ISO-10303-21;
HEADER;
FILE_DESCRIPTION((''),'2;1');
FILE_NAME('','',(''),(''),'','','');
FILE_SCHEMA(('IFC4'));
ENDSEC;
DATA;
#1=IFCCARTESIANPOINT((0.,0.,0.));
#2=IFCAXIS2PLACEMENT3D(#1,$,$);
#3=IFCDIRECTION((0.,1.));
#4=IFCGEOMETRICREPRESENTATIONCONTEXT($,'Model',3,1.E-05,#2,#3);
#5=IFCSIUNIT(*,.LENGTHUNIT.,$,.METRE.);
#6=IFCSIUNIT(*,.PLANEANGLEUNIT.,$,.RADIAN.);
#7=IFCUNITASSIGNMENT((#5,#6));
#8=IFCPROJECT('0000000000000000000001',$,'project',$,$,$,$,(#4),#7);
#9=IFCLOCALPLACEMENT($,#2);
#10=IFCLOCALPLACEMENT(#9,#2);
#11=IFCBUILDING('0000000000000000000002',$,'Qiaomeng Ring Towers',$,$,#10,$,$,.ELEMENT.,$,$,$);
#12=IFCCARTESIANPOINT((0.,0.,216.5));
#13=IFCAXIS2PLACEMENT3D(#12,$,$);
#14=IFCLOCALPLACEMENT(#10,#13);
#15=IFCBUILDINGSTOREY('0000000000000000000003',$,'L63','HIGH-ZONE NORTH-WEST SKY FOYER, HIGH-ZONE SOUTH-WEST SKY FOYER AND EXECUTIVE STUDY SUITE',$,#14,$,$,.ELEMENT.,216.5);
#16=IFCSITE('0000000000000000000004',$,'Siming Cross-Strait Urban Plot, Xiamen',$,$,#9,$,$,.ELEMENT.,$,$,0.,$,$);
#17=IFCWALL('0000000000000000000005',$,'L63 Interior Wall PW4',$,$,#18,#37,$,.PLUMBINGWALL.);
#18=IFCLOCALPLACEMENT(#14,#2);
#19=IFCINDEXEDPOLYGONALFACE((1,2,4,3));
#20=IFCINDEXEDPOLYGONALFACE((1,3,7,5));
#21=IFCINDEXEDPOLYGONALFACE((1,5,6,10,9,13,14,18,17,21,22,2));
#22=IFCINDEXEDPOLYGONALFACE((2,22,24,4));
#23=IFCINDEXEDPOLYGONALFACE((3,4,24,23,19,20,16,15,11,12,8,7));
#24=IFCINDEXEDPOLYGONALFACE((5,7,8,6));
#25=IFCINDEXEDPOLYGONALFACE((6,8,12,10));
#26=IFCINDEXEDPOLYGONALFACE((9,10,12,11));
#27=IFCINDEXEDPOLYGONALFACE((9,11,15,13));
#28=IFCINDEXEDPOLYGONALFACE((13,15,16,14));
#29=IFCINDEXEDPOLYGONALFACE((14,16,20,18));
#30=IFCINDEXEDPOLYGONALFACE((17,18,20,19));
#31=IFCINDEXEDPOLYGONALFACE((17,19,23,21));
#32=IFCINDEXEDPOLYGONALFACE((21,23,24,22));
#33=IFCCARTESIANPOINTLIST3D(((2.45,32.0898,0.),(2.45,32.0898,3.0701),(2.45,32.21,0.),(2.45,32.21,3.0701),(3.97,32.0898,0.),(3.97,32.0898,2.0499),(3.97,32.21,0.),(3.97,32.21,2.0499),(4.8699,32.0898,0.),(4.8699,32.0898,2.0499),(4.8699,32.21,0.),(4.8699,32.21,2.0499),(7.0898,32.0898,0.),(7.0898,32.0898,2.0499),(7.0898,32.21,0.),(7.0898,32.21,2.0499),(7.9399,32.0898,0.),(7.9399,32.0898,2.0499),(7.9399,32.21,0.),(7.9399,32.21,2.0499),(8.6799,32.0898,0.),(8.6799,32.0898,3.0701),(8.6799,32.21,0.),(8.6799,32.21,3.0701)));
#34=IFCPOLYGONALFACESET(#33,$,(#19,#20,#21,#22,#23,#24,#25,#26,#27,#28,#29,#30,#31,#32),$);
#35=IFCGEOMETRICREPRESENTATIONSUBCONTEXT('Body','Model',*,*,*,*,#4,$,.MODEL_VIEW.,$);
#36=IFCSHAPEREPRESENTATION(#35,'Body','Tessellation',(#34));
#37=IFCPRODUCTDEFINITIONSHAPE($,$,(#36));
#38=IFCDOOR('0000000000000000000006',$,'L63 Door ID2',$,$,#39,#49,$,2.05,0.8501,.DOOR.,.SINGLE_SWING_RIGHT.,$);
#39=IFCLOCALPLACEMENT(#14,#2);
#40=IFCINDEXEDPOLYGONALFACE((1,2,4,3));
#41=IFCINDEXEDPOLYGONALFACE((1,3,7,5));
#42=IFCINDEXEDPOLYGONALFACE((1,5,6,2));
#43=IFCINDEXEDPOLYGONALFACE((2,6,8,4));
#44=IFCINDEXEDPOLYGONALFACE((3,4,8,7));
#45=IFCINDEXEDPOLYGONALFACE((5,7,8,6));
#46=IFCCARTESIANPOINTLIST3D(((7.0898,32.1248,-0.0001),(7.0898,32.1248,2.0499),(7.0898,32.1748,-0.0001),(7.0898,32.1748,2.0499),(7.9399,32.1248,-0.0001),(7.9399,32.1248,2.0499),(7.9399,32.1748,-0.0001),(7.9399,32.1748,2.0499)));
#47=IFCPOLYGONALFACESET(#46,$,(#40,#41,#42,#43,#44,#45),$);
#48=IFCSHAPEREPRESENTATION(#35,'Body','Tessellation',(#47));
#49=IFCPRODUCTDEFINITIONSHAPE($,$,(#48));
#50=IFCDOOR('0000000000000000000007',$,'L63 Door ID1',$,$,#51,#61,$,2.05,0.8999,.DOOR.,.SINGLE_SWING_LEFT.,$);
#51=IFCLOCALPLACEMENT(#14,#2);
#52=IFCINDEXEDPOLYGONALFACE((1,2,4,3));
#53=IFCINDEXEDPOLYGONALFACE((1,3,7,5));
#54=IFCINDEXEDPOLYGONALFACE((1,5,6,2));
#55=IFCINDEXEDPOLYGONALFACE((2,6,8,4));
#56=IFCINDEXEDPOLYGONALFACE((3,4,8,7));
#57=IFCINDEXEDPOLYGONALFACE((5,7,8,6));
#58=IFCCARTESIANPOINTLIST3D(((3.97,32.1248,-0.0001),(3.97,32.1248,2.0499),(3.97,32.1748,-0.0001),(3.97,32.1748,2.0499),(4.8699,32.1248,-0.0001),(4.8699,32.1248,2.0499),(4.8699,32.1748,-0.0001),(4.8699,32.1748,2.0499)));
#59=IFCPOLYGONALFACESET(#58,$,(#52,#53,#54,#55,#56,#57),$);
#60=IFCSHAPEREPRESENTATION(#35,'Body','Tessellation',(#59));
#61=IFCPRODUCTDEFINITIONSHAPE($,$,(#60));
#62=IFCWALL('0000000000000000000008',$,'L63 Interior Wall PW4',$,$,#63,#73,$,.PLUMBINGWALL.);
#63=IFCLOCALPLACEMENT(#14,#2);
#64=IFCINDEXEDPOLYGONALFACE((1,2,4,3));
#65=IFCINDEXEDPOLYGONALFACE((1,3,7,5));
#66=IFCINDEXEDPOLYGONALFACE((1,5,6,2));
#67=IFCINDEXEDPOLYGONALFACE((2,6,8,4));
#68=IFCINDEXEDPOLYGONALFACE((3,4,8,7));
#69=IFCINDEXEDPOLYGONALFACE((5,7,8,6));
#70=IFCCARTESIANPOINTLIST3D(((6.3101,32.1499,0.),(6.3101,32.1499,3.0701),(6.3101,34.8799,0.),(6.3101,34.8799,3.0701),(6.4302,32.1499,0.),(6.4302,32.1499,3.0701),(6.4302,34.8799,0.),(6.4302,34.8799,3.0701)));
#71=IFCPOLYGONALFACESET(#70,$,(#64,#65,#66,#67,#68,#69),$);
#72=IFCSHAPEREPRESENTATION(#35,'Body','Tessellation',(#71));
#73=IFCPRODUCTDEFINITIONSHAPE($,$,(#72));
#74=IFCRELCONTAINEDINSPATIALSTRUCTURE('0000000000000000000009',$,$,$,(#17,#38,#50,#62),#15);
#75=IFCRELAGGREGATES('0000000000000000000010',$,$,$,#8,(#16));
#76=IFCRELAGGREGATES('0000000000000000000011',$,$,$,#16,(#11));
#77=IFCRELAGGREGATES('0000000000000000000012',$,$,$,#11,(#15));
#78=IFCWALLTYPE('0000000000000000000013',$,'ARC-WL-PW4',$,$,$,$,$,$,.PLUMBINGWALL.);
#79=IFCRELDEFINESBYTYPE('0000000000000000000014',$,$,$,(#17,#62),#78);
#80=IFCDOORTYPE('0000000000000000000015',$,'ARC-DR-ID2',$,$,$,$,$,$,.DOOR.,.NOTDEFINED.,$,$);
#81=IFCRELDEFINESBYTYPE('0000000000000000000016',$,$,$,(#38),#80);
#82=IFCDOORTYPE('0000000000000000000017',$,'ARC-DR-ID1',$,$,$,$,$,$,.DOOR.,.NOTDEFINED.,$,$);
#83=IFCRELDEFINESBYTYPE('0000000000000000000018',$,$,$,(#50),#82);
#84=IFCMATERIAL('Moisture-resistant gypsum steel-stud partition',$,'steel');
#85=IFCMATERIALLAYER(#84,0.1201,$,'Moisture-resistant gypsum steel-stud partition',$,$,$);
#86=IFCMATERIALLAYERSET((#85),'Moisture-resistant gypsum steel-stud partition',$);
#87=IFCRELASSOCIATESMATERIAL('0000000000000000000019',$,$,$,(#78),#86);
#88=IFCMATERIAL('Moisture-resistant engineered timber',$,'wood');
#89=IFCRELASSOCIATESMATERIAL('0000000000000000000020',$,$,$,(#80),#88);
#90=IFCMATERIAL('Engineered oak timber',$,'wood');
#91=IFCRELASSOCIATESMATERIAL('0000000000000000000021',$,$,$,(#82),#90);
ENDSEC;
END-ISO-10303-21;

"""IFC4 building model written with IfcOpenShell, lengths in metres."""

from ifc_helpers import new_model, si_unit, direction, frame, frame_2d, origin, place, context, subcontext, project, spatial, rectangle, extrude, source, transform, mapped, material, layer, layer_set, type_object, element, fill, save


model = new_model("IFC4")

# Units and contexts
model_context = context("Model", 3, precision=1e-05, world=origin(), true_north=direction((0.0, 1.0)))
body_context = subcontext(model_context, "Body", "Model", "MODEL_VIEW")
ifc_project = project(units=[si_unit("LENGTHUNIT", "METRE"), si_unit("PLANEANGLEUNIT", "RADIAN")], contexts=[model_context])

# Site, building, storey
site_placement = place(None, origin())
site = spatial("IfcSite", under=ifc_project, at=site_placement, Name="Siming Cross-Strait Urban Plot, Xiamen", CompositionType="ELEMENT", RefElevation=0.0)
building_placement = place(site_placement, origin())
building = spatial("IfcBuilding", under=site, at=building_placement, Name="Qiaomeng Ring Towers", CompositionType="ELEMENT")
storey_placement = place(building_placement, frame((0.0, 0.0, 216.5)))
storey = spatial("IfcBuildingStorey", under=building, at=storey_placement, Name="L63", Description="HIGH-ZONE NORTH-WEST SKY FOYER, HIGH-ZONE SOUTH-WEST SKY FOYER AND EXECUTIVE STUDY SUITE", CompositionType="ELEMENT", Elevation=216.5)

# Wall, openings, doors
ifc_material_1 = material(Name="Moisture-resistant gypsum steel-stud partition", Category="steel")
ifc_layer_1 = layer(ifc_material_1, 0.1201, Name="Moisture-resistant gypsum steel-stud partition")
ifc_layer_set_1 = layer_set([ifc_layer_1], Name="Moisture-resistant gypsum steel-stud partition")
wall_type_1 = type_object("IfcWallType", Name="ARC-WL-PW4", PredefinedType="PLUMBINGWALL", material=ifc_layer_set_1)
wall_1_placement = place(storey_placement, frame((2.45, 32.1499, 0.0), z_axis=(0.0, 0.0, 1.0), x_axis=(1.0, 0.0, 0.0)))
wall_1 = element("IfcWall", 1, at=wall_1_placement, inside=storey, type_object=wall_type_1, Name="L63 Interior Wall PW4", PredefinedType="PLUMBINGWALL", context=body_context, shape_type="SweptSolid", body=[
    extrude(rectangle(XDim=6.23, YDim=0.1201, at=frame_2d((3.115, 0.0))), origin(), (0.0, 0.0, 1.0), 3.0701),
])
opening_1_placement = place(wall_1_placement, frame((1.52, 0.0, 0.0)))
opening_1 = element("IfcOpeningElement", 2, at=opening_1_placement, cuts=wall_1, PredefinedType="OPENING", context=body_context, shape_type="SweptSolid", body=[
    extrude(rectangle(XDim=0.8999, YDim=2.05, at=frame_2d((0.45, 1.0249))), frame((0.0, 0.0701, 0.0), z_axis=(0.0, -1.0, 0.0), x_axis=(1.0, 0.0, 0.0)), (0.0, 0.0, 1.0), 0.1401),
])
opening_2_placement = place(wall_1_placement, frame((4.6399, 0.0, 0.0)))
opening_2 = element("IfcOpeningElement", 3, at=opening_2_placement, cuts=wall_1, PredefinedType="OPENING", context=body_context, shape_type="SweptSolid", body=[
    extrude(rectangle(XDim=0.8501, YDim=2.05, at=frame_2d((0.425, 1.0249))), frame((0.0, 0.0701, 0.0), z_axis=(0.0, -1.0, 0.0), x_axis=(1.0, 0.0, 0.0)), (0.0, 0.0, 1.0), 0.1401),
])
ifc_material_2 = material(Name="Moisture-resistant engineered timber", Category="wood")
door_type_1 = type_object("IfcDoorType", Name="ARC-DR-ID2", OperationType="NOTDEFINED", PredefinedType="DOOR", material=ifc_material_2)
shared_shape_1 = source(origin(), body_context, "Body", "SweptSolid", [
    extrude(rectangle(XDim=0.8501, YDim=2.05, at=frame_2d((0.425, 1.0249))), frame((0.0, 0.0249, 0.0), z_axis=(0.0, -1.0, 0.0), x_axis=(1.0, 0.0, 0.0)), (0.0, 0.0, 1.0), 0.05),
])
door_1_placement = place(opening_2_placement, origin())
door_1 = element("IfcDoor", 4, at=door_1_placement, inside=storey, type_object=door_type_1, Name="L63 Door ID2", OperationType="SINGLE_SWING_RIGHT", OverallHeight=2.05, OverallWidth=0.8501, PredefinedType="DOOR", context=body_context, shape_type="MappedRepresentation", body=[
    mapped(shared_shape_1, transform((0.0, 0.0, 0.0), x_axis=(1.0, 0.0, 0.0), y_axis=(0.0, 1.0, 0.0), z_axis=(0.0, 0.0, 1.0), scale=1.0)),
])
fill(opening_2, door_1)
ifc_material_3 = material(Name="Engineered oak timber", Category="wood")
door_type_2 = type_object("IfcDoorType", Name="ARC-DR-ID1", OperationType="NOTDEFINED", PredefinedType="DOOR", material=ifc_material_3)
shared_shape_2 = source(origin(), body_context, "Body", "SweptSolid", [
    extrude(rectangle(XDim=0.8999, YDim=2.05, at=frame_2d((0.45, 1.0249))), frame((0.0, 0.0249, 0.0), z_axis=(0.0, -1.0, 0.0), x_axis=(1.0, 0.0, 0.0)), (0.0, 0.0, 1.0), 0.05),
])
door_2_placement = place(opening_1_placement, origin())
door_2 = element("IfcDoor", 5, at=door_2_placement, inside=storey, type_object=door_type_2, Name="L63 Door ID1", OperationType="SINGLE_SWING_LEFT", OverallHeight=2.05, OverallWidth=0.8999, PredefinedType="DOOR", context=body_context, shape_type="MappedRepresentation", body=[
    mapped(shared_shape_2, transform((0.0, 0.0, 0.0), x_axis=(1.0, 0.0, 0.0), y_axis=(0.0, 1.0, 0.0), z_axis=(0.0, 0.0, 1.0), scale=1.0)),
])
fill(opening_1, door_2)

# Wall
wall_2_placement = place(storey_placement, frame((6.3701, 32.1499, 0.0), z_axis=(0.0, 0.0, 1.0), x_axis=(0.0, 1.0, 0.0)))
element("IfcWall", 6, at=wall_2_placement, inside=storey, type_object=wall_type_1, Name="L63 Interior Wall PW4", PredefinedType="PLUMBINGWALL", context=body_context, shape_type="SweptSolid", body=[
    extrude(rectangle(XDim=2.73, YDim=0.1201, at=frame_2d((1.365, 0.0))), origin(), (0.0, 0.0, 1.0), 3.0701),
])

save(model, "model.ifc")
